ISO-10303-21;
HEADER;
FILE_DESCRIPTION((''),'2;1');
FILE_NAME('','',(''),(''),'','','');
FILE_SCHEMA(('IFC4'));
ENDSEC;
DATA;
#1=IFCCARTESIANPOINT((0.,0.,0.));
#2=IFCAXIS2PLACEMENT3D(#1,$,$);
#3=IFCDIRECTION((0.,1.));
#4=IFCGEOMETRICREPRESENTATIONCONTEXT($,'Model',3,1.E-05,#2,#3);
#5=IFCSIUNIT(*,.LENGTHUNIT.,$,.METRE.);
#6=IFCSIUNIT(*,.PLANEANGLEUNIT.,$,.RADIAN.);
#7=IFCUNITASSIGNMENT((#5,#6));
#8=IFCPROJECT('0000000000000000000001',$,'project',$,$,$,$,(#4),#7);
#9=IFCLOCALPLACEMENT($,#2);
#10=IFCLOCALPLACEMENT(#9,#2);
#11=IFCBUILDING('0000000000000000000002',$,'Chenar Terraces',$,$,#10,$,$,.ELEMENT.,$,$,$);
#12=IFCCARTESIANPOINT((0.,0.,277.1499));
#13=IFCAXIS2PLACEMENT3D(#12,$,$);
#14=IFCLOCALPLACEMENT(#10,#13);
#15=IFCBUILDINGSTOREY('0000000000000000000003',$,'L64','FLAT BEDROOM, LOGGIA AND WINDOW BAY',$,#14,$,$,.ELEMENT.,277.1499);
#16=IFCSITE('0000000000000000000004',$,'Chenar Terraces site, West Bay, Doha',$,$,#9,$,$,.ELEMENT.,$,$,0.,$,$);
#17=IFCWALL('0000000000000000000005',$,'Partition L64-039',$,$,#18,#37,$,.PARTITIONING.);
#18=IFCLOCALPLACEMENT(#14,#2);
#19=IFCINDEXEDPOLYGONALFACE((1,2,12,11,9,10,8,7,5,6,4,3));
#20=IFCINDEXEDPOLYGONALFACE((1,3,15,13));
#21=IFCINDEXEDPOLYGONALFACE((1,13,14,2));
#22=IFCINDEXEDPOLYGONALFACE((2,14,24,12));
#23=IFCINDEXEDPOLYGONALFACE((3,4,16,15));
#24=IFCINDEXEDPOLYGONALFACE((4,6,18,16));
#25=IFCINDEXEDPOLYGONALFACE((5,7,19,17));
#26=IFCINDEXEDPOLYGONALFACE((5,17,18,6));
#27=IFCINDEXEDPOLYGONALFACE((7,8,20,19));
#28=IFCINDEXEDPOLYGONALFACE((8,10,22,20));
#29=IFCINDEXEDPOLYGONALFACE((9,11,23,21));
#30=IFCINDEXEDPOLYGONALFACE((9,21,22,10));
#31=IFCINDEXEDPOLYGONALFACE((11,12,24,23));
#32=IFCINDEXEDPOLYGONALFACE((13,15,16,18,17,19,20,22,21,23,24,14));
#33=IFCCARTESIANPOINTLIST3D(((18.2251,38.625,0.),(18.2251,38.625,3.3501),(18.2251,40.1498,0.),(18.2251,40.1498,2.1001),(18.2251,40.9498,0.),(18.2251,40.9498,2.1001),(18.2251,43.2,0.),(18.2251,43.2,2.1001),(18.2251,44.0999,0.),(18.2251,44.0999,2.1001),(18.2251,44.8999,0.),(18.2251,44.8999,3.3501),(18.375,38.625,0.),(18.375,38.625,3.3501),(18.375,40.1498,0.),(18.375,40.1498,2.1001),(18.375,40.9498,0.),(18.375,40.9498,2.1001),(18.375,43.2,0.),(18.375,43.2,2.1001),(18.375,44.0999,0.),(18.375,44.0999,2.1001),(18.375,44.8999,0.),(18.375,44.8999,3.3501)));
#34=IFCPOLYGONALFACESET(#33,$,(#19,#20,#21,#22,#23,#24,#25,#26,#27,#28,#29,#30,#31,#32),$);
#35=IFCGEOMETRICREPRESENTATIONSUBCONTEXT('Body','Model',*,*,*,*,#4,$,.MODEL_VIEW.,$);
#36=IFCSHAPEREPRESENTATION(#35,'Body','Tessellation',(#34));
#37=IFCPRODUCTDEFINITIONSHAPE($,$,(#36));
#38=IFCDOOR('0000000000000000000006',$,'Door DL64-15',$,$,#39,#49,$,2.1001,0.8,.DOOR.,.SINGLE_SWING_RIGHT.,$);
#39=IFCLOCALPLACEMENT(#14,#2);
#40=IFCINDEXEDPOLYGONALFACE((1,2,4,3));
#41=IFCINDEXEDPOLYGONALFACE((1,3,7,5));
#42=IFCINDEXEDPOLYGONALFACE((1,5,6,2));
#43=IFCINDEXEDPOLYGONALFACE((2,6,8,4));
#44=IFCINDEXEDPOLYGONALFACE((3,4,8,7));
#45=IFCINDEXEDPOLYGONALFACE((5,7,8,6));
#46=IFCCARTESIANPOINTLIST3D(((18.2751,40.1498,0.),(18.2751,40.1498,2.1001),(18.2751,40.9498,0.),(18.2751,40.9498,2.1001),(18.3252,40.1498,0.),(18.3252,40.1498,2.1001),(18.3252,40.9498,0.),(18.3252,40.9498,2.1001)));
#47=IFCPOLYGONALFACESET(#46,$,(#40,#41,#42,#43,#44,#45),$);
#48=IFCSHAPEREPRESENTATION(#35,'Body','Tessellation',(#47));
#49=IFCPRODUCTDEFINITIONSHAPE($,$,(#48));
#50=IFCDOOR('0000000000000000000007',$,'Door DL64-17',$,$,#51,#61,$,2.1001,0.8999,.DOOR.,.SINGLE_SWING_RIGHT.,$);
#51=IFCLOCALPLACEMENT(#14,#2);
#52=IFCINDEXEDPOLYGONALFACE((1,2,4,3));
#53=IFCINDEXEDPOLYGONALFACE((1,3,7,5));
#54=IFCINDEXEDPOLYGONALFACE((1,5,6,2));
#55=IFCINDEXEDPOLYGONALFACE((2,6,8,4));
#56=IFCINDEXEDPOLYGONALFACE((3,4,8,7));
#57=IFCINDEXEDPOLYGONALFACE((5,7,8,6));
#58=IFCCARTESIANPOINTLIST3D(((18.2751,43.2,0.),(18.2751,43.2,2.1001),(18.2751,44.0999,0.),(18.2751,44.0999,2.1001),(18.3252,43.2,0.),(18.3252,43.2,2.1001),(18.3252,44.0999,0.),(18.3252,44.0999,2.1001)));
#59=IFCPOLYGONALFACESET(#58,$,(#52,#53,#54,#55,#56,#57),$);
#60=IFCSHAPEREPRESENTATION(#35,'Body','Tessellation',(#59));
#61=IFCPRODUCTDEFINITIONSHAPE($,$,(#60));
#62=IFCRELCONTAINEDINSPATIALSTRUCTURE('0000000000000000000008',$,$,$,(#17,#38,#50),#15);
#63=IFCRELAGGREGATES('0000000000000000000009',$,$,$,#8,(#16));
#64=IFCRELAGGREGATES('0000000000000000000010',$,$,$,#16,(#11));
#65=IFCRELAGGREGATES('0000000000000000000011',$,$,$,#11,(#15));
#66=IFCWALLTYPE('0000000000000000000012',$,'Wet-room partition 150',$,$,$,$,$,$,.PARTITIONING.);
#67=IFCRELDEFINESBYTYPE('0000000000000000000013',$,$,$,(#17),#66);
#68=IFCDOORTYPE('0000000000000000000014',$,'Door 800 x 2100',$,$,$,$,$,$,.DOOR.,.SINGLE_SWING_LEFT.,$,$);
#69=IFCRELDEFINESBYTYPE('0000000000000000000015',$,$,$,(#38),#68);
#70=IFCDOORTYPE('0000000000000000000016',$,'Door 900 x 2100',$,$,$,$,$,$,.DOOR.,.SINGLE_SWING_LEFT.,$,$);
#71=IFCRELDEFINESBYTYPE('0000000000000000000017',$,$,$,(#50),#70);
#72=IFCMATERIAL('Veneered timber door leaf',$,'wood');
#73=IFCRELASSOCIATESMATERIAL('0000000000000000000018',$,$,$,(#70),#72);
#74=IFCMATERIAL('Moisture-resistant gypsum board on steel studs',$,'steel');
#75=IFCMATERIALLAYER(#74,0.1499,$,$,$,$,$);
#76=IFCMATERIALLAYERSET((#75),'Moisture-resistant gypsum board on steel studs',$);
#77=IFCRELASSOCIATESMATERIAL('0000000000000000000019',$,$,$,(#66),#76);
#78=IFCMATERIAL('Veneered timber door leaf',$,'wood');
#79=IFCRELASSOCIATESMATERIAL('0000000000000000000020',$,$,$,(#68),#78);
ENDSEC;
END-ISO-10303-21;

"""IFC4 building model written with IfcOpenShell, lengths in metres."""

from ifc_helpers import new_model, si_unit, direction, frame, frame_2d, origin, place, context, subcontext, project, spatial, rectangle, extrude, material, layer, layer_set, type_object, element, fill, save


model = new_model("IFC4")

# Units and contexts
model_context = context("Model", 3, precision=1e-05, world=origin(), true_north=direction((0.0, 1.0)))
body_context = subcontext(model_context, "Body", "Model", "MODEL_VIEW")
ifc_project = project(units=[si_unit("LENGTHUNIT", "METRE"), si_unit("PLANEANGLEUNIT", "RADIAN")], contexts=[model_context])

# Site, building, storey
site_placement = place(None, origin())
site = spatial("IfcSite", under=ifc_project, at=site_placement, Name="Chenar Terraces site, West Bay, Doha", CompositionType="ELEMENT", RefElevation=0.0)
building_placement = place(site_placement, origin())
building = spatial("IfcBuilding", under=site, at=building_placement, Name="Chenar Terraces", CompositionType="ELEMENT")
storey_placement = place(building_placement, frame((0.0, 0.0, 277.1499)))
storey = spatial("IfcBuildingStorey", under=building, at=storey_placement, Name="L64", Description="FLAT BEDROOM, LOGGIA AND WINDOW BAY", CompositionType="ELEMENT", Elevation=277.1499)

# Shared definitions
ifc_material_1 = material(Name="Veneered timber door leaf", Category="wood")
door_type_1 = type_object("IfcDoorType", Name="Door 900 x 2100", OperationType="SINGLE_SWING_LEFT", PredefinedType="DOOR", material=ifc_material_1)

# Shared definitions
ifc_material_2 = material(Name="Moisture-resistant gypsum board on steel studs", Category="steel")
ifc_layer_1 = layer(ifc_material_2, 0.1499)
ifc_layer_set_1 = layer_set([ifc_layer_1], Name="Moisture-resistant gypsum board on steel studs")
wall_type_1 = type_object("IfcWallType", Name="Wet-room partition 150", PredefinedType="PARTITIONING", material=ifc_layer_set_1)

# Wall, openings, doors
wall_1_placement = place(storey_placement, frame((18.3, 38.625, 0.0), z_axis=(0.0, 0.0, 1.0), x_axis=(0.0, 1.0, 0.0)))
wall_1 = element("IfcWall", 1, at=wall_1_placement, inside=storey, type_object=wall_type_1, Name="Partition L64-039", PredefinedType="PARTITIONING", context=body_context, shape_type="SweptSolid", body=[
    extrude(rectangle(XDim=6.2749, YDim=0.1499, at=frame_2d((3.1375, 0.0))), origin(), (0.0, 0.0, 1.0), 3.3501),
])
opening_1_placement = place(wall_1_placement, frame((1.5249, 0.0, 0.0)))
opening_1 = element("IfcOpeningElement", 2, at=opening_1_placement, cuts=wall_1, PredefinedType="OPENING", context=body_context, shape_type="SweptSolid", body=[
    extrude(rectangle(XDim=0.8, YDim=2.1001, at=frame_2d((0.3999, 1.05))), frame((0.0, 0.085, 0.0), z_axis=(0.0, -1.0, 0.0), x_axis=(1.0, 0.0, 0.0)), (0.0, 0.0, 1.0), 0.1699),
])
opening_2_placement = place(wall_1_placement, frame((4.575, 0.0, 0.0)))
opening_2 = element("IfcOpeningElement", 3, at=opening_2_placement, cuts=wall_1, PredefinedType="OPENING", context=body_context, shape_type="SweptSolid", body=[
    extrude(rectangle(XDim=0.8999, YDim=2.1001, at=frame_2d((0.45, 1.05))), frame((0.0, 0.085, 0.0), z_axis=(0.0, -1.0, 0.0), x_axis=(1.0, 0.0, 0.0)), (0.0, 0.0, 1.0), 0.1699),
])
ifc_material_3 = material(Name="Veneered timber door leaf", Category="wood")
door_type_2 = type_object("IfcDoorType", Name="Door 800 x 2100", OperationType="SINGLE_SWING_LEFT", PredefinedType="DOOR", material=ifc_material_3)
door_1_placement = place(opening_1_placement, origin())
door_1 = element("IfcDoor", 4, at=door_1_placement, inside=storey, type_object=door_type_2, Name="Door DL64-15", OperationType="SINGLE_SWING_RIGHT", OverallHeight=2.1001, OverallWidth=0.8, PredefinedType="DOOR", context=body_context, shape_type="SweptSolid", body=[
    extrude(rectangle(XDim=0.8, YDim=2.1001, at=frame_2d((0.3999, 1.05))), frame((0.0, 0.0249, 0.0), z_axis=(0.0, -1.0, 0.0), x_axis=(1.0, 0.0, 0.0)), (0.0, 0.0, 1.0), 0.05),
])
fill(opening_1, door_1)
door_2_placement = place(opening_2_placement, origin())
door_2 = element("IfcDoor", 5, at=door_2_placement, inside=storey, type_object=door_type_1, Name="Door DL64-17", OperationType="SINGLE_SWING_RIGHT", OverallHeight=2.1001, OverallWidth=0.8999, PredefinedType="DOOR", context=body_context, shape_type="SweptSolid", body=[
    extrude(rectangle(XDim=0.8999, YDim=2.1001, at=frame_2d((0.45, 1.05))), frame((0.0, 0.0249, 0.0), z_axis=(0.0, -1.0, 0.0), x_axis=(1.0, 0.0, 0.0)), (0.0, 0.0, 1.0), 0.05),
])
fill(opening_2, door_2)

save(model, "model.ifc")
